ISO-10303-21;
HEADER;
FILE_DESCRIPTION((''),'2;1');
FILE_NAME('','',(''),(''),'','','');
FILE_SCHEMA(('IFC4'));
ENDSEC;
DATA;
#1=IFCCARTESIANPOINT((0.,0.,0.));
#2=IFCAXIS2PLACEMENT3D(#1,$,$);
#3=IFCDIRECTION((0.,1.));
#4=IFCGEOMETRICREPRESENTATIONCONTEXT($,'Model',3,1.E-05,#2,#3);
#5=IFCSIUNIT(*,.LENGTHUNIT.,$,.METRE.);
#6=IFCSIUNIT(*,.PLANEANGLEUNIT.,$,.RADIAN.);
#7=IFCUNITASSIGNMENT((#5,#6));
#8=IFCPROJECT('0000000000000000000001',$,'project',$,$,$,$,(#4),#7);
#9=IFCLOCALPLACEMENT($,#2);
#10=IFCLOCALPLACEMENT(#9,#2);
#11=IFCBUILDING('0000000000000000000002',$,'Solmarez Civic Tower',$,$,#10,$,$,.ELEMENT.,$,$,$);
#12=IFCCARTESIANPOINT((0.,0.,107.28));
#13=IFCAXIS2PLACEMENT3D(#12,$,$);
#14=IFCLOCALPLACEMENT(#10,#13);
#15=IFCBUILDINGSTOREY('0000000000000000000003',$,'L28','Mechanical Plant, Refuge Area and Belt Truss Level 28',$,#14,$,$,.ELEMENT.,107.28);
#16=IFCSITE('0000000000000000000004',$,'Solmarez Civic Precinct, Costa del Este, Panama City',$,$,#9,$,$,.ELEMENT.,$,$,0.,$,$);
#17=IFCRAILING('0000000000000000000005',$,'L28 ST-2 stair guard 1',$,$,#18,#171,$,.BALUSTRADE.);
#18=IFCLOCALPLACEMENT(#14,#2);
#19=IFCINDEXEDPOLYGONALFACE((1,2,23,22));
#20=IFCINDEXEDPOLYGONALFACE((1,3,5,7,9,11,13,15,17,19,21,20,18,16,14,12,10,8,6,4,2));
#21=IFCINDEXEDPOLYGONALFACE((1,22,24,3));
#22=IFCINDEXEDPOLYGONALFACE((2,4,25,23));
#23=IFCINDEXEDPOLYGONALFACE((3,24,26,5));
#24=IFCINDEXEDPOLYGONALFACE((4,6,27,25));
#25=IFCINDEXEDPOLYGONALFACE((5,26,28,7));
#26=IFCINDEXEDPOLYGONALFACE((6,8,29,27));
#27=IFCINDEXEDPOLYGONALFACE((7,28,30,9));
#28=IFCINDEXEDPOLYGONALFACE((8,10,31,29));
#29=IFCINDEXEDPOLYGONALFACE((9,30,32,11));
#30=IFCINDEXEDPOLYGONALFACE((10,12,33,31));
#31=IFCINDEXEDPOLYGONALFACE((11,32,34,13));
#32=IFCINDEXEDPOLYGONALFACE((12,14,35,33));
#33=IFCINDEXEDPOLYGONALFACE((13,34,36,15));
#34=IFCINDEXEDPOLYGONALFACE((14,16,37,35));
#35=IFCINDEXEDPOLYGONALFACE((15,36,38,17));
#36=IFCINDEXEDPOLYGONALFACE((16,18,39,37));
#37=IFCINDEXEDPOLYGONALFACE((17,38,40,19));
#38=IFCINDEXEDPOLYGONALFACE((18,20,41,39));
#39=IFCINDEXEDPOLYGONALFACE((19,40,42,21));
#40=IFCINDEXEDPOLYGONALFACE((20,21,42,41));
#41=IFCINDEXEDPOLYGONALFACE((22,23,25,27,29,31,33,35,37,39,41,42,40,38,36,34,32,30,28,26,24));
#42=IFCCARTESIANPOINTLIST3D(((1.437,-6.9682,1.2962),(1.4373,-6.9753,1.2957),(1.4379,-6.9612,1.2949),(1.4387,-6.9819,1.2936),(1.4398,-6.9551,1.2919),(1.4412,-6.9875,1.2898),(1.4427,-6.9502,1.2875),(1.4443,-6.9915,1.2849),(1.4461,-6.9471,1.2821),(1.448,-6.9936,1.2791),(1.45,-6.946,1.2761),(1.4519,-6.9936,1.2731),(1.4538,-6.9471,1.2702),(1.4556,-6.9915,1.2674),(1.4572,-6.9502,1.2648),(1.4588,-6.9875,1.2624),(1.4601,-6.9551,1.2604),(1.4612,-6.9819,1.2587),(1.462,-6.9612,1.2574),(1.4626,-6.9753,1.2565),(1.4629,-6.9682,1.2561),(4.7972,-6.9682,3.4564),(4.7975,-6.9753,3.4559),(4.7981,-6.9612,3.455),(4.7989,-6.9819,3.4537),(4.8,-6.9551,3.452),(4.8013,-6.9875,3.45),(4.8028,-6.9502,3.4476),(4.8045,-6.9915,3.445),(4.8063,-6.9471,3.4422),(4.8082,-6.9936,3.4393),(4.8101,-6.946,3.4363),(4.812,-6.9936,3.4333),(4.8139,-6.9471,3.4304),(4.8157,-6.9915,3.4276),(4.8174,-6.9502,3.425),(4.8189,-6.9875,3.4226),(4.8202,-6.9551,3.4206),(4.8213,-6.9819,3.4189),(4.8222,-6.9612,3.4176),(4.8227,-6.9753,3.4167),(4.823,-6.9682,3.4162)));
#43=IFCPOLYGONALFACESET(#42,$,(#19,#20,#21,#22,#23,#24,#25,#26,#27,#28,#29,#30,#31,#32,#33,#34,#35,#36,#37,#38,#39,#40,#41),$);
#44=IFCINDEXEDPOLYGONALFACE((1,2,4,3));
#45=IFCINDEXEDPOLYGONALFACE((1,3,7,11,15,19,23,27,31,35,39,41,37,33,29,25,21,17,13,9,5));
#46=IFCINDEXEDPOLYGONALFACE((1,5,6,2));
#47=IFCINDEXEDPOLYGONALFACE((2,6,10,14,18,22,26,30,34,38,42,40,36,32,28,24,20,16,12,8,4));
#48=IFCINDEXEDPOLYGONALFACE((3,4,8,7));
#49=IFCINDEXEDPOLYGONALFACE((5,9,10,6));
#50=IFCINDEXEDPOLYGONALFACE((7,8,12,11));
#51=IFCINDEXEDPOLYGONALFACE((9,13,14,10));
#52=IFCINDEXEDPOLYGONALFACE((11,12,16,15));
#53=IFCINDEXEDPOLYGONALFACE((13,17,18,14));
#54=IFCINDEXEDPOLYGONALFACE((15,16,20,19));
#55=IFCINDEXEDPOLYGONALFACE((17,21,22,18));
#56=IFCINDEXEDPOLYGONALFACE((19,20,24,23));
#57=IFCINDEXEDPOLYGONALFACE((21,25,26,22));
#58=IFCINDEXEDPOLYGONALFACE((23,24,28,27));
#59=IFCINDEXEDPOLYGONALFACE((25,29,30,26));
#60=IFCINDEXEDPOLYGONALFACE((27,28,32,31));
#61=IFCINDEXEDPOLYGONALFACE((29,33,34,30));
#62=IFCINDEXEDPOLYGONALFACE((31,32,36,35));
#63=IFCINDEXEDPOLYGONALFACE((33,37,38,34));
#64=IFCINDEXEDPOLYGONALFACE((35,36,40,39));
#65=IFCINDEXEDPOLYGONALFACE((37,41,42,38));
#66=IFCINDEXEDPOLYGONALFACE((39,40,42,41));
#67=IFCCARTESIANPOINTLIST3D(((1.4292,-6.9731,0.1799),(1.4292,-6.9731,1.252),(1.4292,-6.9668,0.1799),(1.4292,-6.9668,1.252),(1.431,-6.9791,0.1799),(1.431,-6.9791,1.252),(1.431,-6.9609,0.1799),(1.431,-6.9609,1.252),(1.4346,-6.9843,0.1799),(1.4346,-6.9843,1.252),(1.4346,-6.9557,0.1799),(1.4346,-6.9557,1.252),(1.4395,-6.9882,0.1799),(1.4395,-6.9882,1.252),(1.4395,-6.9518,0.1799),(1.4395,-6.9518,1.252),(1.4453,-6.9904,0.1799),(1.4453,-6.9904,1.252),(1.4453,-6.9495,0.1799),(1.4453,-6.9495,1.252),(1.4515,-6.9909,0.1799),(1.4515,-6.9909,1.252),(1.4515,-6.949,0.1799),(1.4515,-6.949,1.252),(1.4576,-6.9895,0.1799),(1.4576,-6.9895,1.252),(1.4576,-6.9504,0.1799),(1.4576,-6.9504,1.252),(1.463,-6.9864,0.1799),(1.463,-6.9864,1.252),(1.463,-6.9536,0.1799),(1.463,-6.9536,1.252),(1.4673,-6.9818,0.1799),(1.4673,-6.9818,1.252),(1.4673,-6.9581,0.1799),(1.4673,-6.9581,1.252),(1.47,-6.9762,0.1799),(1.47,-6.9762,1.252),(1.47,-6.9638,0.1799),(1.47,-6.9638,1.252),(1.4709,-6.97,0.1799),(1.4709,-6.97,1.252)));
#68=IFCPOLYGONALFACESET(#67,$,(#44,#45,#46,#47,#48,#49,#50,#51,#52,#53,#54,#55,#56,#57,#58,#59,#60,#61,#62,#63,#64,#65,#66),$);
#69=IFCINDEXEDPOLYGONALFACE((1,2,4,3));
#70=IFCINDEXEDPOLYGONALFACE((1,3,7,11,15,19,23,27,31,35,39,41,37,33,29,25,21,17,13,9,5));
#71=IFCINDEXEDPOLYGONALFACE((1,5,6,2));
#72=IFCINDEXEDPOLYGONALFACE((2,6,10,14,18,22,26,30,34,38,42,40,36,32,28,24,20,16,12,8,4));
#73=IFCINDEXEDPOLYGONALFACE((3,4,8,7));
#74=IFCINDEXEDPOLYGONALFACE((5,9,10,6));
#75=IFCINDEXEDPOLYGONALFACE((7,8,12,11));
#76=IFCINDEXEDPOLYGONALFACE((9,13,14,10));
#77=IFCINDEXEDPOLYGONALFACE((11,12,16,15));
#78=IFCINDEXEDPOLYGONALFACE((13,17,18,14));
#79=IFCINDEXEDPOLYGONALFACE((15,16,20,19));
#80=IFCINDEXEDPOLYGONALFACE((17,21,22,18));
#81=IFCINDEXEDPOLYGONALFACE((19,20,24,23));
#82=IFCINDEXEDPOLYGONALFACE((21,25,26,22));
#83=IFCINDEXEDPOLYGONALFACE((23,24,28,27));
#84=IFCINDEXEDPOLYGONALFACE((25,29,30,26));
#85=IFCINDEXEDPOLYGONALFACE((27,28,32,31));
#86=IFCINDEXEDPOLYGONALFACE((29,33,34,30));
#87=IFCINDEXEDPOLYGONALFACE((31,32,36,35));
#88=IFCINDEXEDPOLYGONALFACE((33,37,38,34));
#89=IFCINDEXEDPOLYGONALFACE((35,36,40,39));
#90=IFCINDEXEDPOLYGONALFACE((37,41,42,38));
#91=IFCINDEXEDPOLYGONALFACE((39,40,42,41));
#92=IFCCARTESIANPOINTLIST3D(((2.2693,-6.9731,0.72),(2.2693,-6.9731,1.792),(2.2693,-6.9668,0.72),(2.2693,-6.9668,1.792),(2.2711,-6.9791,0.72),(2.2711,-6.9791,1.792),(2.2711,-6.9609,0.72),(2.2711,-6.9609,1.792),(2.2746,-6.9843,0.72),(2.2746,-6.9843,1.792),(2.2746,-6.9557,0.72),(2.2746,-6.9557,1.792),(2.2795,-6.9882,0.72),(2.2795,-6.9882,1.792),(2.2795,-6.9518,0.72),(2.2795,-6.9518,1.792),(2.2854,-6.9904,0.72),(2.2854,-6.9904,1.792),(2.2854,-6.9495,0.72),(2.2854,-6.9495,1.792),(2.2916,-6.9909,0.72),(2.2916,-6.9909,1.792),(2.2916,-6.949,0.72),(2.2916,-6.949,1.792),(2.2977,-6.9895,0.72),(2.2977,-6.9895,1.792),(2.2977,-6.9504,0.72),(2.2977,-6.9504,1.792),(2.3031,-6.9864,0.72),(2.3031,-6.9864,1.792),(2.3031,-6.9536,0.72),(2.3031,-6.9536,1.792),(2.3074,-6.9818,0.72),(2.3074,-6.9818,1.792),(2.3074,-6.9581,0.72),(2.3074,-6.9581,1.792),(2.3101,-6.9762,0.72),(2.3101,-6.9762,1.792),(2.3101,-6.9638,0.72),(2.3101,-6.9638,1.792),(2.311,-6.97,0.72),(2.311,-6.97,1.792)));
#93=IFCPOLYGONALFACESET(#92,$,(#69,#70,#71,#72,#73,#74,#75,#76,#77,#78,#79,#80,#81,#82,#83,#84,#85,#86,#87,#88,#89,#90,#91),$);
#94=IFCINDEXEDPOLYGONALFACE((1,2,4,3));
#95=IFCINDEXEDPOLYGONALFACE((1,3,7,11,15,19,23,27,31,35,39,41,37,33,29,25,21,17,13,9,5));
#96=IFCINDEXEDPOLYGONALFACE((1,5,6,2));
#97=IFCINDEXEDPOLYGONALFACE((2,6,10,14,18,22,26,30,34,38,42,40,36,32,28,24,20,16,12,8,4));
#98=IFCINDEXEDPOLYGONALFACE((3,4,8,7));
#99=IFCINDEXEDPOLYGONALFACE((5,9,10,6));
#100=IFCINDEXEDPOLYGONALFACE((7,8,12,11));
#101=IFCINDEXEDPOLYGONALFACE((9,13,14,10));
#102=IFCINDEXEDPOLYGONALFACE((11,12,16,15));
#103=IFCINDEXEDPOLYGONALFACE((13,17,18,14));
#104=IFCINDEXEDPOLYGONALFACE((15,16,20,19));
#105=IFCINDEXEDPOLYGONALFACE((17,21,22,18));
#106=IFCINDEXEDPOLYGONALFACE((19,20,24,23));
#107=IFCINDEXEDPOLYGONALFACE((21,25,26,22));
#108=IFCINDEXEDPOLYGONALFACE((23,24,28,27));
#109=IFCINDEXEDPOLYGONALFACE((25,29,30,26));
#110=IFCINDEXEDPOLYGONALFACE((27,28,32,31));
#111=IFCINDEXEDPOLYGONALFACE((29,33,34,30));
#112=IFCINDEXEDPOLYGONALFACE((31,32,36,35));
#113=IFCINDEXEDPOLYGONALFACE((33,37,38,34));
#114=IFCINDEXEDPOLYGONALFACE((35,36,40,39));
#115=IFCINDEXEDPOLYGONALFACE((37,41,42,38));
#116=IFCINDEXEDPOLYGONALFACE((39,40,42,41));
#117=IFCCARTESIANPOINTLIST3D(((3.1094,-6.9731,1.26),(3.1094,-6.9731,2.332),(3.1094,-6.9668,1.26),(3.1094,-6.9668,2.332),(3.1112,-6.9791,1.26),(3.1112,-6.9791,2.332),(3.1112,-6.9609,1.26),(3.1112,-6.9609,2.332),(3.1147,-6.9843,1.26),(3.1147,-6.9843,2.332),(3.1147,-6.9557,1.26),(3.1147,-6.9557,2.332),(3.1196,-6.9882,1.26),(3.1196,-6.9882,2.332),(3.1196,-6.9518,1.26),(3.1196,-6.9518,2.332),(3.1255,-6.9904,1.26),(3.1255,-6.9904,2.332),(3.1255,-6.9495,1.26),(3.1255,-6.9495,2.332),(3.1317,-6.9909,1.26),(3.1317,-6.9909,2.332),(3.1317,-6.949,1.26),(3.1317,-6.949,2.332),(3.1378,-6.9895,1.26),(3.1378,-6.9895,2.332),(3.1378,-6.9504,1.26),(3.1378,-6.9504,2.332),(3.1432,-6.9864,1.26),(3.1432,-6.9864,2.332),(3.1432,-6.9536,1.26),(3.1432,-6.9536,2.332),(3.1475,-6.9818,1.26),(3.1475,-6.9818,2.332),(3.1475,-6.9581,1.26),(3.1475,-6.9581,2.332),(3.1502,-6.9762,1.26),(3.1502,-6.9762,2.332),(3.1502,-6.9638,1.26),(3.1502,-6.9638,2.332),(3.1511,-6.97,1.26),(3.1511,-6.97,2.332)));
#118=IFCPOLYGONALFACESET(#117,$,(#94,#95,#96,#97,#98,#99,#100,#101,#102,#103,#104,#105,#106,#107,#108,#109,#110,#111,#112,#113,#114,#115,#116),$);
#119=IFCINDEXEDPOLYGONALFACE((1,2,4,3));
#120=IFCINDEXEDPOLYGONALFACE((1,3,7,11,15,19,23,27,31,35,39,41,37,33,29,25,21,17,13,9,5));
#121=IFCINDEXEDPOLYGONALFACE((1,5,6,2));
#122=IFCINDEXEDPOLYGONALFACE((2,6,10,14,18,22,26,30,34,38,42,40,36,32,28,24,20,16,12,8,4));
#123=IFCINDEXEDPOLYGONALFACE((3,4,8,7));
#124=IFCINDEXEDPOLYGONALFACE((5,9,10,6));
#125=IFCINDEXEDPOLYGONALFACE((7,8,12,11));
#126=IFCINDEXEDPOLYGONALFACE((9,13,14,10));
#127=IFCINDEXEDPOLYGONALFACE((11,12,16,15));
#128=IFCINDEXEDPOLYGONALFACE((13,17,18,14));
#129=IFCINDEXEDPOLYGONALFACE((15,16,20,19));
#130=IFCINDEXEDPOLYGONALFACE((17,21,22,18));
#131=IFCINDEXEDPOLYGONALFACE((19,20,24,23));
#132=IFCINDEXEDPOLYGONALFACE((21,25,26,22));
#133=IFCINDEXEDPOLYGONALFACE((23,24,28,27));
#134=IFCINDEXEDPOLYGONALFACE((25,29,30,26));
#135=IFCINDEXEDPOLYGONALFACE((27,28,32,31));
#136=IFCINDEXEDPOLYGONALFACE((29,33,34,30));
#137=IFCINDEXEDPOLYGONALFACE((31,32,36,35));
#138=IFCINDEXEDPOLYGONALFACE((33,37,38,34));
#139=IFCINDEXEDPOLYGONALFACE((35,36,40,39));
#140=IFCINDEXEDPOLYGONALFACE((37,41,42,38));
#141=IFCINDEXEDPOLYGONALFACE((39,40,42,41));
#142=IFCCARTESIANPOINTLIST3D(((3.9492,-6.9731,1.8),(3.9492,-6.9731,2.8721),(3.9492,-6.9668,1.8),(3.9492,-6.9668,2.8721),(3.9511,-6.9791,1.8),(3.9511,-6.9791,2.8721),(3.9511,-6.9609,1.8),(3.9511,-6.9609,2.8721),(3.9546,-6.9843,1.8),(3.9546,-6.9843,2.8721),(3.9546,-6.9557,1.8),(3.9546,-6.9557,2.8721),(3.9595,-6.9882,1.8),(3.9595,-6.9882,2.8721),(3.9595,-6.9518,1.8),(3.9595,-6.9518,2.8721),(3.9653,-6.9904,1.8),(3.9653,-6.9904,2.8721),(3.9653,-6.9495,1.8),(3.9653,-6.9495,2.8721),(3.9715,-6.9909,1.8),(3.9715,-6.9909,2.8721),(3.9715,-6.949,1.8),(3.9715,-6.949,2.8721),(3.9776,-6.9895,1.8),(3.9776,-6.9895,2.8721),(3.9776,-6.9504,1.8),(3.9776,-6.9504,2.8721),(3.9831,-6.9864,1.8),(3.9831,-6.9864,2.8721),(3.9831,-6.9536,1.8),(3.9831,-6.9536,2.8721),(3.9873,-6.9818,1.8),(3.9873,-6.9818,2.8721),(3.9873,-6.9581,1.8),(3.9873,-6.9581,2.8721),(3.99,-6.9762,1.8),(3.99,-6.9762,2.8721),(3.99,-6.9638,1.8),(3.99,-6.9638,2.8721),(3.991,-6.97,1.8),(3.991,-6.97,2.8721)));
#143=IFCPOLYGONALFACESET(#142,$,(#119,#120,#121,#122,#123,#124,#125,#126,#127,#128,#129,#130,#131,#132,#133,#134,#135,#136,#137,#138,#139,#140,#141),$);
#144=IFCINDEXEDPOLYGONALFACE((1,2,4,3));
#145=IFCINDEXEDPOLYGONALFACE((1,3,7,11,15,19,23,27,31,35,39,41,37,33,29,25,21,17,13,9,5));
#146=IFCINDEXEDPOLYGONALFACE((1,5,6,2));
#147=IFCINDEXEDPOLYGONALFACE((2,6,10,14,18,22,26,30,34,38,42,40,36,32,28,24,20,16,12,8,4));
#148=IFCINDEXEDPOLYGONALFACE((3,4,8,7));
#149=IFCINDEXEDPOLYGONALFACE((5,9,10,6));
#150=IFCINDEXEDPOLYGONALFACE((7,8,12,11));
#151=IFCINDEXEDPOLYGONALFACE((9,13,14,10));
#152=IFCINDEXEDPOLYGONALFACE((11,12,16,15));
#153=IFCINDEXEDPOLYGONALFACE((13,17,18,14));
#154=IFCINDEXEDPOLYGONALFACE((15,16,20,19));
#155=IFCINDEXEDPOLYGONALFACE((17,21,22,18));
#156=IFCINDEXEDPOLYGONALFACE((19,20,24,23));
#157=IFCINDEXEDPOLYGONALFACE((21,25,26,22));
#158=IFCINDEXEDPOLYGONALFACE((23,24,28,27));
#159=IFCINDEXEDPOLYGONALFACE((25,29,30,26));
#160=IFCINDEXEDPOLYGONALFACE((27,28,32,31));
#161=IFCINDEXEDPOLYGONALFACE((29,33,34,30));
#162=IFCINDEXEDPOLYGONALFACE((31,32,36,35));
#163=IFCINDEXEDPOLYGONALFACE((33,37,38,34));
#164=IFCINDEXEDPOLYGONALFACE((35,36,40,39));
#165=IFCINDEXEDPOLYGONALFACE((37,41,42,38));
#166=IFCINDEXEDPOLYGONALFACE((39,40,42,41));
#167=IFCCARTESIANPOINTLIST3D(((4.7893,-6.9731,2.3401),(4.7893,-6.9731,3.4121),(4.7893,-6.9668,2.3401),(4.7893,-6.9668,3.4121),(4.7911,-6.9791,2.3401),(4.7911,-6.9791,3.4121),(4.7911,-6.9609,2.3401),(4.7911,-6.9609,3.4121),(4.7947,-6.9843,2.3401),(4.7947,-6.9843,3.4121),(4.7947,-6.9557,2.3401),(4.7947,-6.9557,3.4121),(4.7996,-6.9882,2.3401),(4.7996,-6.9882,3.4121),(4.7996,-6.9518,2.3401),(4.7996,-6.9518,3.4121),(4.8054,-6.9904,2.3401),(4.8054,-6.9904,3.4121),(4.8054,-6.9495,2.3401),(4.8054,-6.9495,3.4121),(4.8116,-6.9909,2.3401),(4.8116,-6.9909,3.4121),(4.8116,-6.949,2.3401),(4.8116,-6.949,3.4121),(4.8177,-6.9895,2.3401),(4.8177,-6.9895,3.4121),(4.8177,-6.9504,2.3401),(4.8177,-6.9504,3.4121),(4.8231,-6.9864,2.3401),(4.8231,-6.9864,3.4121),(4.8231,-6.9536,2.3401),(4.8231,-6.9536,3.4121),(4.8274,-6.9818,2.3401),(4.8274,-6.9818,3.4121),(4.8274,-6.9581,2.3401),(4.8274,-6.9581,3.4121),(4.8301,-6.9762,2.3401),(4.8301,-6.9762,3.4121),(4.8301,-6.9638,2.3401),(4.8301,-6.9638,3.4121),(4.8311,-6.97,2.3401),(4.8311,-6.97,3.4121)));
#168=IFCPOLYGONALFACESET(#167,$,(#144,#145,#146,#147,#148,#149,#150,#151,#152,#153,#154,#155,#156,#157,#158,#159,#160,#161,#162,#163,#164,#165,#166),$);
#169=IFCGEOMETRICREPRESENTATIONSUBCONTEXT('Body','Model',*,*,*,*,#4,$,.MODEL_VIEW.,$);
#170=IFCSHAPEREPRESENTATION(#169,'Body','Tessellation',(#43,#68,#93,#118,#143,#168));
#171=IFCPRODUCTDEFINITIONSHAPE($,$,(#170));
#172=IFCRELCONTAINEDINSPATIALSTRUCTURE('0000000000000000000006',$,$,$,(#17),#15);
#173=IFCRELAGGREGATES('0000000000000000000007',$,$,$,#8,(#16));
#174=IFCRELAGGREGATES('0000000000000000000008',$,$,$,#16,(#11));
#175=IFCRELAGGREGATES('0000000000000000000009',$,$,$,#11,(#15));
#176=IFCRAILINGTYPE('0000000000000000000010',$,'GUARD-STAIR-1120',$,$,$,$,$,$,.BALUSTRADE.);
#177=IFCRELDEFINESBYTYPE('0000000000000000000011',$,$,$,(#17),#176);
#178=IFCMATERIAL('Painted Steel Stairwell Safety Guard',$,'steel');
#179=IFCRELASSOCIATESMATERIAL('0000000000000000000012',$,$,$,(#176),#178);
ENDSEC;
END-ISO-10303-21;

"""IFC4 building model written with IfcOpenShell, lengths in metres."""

from ifc_helpers import new_model, si_unit, direction, frame, origin, origin_2d, place, context, subcontext, project, spatial, circle, extrude, material, type_object, element, save


model = new_model("IFC4")

# Units and contexts
model_context = context("Model", 3, precision=1e-05, world=origin(), true_north=direction((0.0, 1.0)))
body_context = subcontext(model_context, "Body", "Model", "MODEL_VIEW")
ifc_project = project(units=[si_unit("LENGTHUNIT", "METRE"), si_unit("PLANEANGLEUNIT", "RADIAN")], contexts=[model_context])

# Site, building, storey
site_placement = place(None, origin())
site = spatial("IfcSite", under=ifc_project, at=site_placement, Name="Solmarez Civic Precinct, Costa del Este, Panama City", CompositionType="ELEMENT", RefElevation=0.0)
building_placement = place(site_placement, origin())
building = spatial("IfcBuilding", under=site, at=building_placement, Name="Solmarez Civic Tower", CompositionType="ELEMENT")
storey_placement = place(building_placement, frame((0.0, 0.0, 107.28)))
storey = spatial("IfcBuildingStorey", under=building, at=storey_placement, Name="L28", Description="Mechanical Plant, Refuge Area and Belt Truss Level 28", CompositionType="ELEMENT", Elevation=107.28)

# Railing
ifc_material_1 = material(Name="Painted Steel Stairwell Safety Guard", Category="steel")
railing_type_1 = type_object("IfcRailingType", Name="GUARD-STAIR-1120", PredefinedType="BALUSTRADE", material=ifc_material_1)
railing_1_placement = place(storey_placement, frame((1.45, -6.97, 0.1799)))
element("IfcRailing", 1, at=railing_1_placement, inside=storey, type_object=railing_type_1, Name="L28 ST-2 stair guard 1", PredefinedType="BALUSTRADE", context=body_context, shape_type="SweptSolid", body=[
    extrude(circle(Radius=0.0239, at=origin_2d()), frame((0.0, 0.0, 1.0962), z_axis=(0.841169, 0.0, 0.540773), x_axis=(0.0, 1.0, 0.0)), (0.0, 0.0, 1.0), 3.9946),
    extrude(circle(Radius=0.021, at=origin_2d()), origin(), (0.0, 0.0, 1.0), 1.072),
    extrude(circle(Radius=0.021, at=origin_2d()), frame((0.8401, 0.0, 0.54)), (0.0, 0.0, 1.0), 1.072),
    extrude(circle(Radius=0.021, at=origin_2d()), frame((1.6802, 0.0, 1.0801)), (0.0, 0.0, 1.0), 1.072),
    extrude(circle(Radius=0.021, at=origin_2d()), frame((2.52, 0.0, 1.6201)), (0.0, 0.0, 1.0), 1.072),
    extrude(circle(Radius=0.021, at=origin_2d()), frame((3.3601, 0.0, 2.1602)), (0.0, 0.0, 1.0), 1.072),
])

save(model, "model.ifc")
